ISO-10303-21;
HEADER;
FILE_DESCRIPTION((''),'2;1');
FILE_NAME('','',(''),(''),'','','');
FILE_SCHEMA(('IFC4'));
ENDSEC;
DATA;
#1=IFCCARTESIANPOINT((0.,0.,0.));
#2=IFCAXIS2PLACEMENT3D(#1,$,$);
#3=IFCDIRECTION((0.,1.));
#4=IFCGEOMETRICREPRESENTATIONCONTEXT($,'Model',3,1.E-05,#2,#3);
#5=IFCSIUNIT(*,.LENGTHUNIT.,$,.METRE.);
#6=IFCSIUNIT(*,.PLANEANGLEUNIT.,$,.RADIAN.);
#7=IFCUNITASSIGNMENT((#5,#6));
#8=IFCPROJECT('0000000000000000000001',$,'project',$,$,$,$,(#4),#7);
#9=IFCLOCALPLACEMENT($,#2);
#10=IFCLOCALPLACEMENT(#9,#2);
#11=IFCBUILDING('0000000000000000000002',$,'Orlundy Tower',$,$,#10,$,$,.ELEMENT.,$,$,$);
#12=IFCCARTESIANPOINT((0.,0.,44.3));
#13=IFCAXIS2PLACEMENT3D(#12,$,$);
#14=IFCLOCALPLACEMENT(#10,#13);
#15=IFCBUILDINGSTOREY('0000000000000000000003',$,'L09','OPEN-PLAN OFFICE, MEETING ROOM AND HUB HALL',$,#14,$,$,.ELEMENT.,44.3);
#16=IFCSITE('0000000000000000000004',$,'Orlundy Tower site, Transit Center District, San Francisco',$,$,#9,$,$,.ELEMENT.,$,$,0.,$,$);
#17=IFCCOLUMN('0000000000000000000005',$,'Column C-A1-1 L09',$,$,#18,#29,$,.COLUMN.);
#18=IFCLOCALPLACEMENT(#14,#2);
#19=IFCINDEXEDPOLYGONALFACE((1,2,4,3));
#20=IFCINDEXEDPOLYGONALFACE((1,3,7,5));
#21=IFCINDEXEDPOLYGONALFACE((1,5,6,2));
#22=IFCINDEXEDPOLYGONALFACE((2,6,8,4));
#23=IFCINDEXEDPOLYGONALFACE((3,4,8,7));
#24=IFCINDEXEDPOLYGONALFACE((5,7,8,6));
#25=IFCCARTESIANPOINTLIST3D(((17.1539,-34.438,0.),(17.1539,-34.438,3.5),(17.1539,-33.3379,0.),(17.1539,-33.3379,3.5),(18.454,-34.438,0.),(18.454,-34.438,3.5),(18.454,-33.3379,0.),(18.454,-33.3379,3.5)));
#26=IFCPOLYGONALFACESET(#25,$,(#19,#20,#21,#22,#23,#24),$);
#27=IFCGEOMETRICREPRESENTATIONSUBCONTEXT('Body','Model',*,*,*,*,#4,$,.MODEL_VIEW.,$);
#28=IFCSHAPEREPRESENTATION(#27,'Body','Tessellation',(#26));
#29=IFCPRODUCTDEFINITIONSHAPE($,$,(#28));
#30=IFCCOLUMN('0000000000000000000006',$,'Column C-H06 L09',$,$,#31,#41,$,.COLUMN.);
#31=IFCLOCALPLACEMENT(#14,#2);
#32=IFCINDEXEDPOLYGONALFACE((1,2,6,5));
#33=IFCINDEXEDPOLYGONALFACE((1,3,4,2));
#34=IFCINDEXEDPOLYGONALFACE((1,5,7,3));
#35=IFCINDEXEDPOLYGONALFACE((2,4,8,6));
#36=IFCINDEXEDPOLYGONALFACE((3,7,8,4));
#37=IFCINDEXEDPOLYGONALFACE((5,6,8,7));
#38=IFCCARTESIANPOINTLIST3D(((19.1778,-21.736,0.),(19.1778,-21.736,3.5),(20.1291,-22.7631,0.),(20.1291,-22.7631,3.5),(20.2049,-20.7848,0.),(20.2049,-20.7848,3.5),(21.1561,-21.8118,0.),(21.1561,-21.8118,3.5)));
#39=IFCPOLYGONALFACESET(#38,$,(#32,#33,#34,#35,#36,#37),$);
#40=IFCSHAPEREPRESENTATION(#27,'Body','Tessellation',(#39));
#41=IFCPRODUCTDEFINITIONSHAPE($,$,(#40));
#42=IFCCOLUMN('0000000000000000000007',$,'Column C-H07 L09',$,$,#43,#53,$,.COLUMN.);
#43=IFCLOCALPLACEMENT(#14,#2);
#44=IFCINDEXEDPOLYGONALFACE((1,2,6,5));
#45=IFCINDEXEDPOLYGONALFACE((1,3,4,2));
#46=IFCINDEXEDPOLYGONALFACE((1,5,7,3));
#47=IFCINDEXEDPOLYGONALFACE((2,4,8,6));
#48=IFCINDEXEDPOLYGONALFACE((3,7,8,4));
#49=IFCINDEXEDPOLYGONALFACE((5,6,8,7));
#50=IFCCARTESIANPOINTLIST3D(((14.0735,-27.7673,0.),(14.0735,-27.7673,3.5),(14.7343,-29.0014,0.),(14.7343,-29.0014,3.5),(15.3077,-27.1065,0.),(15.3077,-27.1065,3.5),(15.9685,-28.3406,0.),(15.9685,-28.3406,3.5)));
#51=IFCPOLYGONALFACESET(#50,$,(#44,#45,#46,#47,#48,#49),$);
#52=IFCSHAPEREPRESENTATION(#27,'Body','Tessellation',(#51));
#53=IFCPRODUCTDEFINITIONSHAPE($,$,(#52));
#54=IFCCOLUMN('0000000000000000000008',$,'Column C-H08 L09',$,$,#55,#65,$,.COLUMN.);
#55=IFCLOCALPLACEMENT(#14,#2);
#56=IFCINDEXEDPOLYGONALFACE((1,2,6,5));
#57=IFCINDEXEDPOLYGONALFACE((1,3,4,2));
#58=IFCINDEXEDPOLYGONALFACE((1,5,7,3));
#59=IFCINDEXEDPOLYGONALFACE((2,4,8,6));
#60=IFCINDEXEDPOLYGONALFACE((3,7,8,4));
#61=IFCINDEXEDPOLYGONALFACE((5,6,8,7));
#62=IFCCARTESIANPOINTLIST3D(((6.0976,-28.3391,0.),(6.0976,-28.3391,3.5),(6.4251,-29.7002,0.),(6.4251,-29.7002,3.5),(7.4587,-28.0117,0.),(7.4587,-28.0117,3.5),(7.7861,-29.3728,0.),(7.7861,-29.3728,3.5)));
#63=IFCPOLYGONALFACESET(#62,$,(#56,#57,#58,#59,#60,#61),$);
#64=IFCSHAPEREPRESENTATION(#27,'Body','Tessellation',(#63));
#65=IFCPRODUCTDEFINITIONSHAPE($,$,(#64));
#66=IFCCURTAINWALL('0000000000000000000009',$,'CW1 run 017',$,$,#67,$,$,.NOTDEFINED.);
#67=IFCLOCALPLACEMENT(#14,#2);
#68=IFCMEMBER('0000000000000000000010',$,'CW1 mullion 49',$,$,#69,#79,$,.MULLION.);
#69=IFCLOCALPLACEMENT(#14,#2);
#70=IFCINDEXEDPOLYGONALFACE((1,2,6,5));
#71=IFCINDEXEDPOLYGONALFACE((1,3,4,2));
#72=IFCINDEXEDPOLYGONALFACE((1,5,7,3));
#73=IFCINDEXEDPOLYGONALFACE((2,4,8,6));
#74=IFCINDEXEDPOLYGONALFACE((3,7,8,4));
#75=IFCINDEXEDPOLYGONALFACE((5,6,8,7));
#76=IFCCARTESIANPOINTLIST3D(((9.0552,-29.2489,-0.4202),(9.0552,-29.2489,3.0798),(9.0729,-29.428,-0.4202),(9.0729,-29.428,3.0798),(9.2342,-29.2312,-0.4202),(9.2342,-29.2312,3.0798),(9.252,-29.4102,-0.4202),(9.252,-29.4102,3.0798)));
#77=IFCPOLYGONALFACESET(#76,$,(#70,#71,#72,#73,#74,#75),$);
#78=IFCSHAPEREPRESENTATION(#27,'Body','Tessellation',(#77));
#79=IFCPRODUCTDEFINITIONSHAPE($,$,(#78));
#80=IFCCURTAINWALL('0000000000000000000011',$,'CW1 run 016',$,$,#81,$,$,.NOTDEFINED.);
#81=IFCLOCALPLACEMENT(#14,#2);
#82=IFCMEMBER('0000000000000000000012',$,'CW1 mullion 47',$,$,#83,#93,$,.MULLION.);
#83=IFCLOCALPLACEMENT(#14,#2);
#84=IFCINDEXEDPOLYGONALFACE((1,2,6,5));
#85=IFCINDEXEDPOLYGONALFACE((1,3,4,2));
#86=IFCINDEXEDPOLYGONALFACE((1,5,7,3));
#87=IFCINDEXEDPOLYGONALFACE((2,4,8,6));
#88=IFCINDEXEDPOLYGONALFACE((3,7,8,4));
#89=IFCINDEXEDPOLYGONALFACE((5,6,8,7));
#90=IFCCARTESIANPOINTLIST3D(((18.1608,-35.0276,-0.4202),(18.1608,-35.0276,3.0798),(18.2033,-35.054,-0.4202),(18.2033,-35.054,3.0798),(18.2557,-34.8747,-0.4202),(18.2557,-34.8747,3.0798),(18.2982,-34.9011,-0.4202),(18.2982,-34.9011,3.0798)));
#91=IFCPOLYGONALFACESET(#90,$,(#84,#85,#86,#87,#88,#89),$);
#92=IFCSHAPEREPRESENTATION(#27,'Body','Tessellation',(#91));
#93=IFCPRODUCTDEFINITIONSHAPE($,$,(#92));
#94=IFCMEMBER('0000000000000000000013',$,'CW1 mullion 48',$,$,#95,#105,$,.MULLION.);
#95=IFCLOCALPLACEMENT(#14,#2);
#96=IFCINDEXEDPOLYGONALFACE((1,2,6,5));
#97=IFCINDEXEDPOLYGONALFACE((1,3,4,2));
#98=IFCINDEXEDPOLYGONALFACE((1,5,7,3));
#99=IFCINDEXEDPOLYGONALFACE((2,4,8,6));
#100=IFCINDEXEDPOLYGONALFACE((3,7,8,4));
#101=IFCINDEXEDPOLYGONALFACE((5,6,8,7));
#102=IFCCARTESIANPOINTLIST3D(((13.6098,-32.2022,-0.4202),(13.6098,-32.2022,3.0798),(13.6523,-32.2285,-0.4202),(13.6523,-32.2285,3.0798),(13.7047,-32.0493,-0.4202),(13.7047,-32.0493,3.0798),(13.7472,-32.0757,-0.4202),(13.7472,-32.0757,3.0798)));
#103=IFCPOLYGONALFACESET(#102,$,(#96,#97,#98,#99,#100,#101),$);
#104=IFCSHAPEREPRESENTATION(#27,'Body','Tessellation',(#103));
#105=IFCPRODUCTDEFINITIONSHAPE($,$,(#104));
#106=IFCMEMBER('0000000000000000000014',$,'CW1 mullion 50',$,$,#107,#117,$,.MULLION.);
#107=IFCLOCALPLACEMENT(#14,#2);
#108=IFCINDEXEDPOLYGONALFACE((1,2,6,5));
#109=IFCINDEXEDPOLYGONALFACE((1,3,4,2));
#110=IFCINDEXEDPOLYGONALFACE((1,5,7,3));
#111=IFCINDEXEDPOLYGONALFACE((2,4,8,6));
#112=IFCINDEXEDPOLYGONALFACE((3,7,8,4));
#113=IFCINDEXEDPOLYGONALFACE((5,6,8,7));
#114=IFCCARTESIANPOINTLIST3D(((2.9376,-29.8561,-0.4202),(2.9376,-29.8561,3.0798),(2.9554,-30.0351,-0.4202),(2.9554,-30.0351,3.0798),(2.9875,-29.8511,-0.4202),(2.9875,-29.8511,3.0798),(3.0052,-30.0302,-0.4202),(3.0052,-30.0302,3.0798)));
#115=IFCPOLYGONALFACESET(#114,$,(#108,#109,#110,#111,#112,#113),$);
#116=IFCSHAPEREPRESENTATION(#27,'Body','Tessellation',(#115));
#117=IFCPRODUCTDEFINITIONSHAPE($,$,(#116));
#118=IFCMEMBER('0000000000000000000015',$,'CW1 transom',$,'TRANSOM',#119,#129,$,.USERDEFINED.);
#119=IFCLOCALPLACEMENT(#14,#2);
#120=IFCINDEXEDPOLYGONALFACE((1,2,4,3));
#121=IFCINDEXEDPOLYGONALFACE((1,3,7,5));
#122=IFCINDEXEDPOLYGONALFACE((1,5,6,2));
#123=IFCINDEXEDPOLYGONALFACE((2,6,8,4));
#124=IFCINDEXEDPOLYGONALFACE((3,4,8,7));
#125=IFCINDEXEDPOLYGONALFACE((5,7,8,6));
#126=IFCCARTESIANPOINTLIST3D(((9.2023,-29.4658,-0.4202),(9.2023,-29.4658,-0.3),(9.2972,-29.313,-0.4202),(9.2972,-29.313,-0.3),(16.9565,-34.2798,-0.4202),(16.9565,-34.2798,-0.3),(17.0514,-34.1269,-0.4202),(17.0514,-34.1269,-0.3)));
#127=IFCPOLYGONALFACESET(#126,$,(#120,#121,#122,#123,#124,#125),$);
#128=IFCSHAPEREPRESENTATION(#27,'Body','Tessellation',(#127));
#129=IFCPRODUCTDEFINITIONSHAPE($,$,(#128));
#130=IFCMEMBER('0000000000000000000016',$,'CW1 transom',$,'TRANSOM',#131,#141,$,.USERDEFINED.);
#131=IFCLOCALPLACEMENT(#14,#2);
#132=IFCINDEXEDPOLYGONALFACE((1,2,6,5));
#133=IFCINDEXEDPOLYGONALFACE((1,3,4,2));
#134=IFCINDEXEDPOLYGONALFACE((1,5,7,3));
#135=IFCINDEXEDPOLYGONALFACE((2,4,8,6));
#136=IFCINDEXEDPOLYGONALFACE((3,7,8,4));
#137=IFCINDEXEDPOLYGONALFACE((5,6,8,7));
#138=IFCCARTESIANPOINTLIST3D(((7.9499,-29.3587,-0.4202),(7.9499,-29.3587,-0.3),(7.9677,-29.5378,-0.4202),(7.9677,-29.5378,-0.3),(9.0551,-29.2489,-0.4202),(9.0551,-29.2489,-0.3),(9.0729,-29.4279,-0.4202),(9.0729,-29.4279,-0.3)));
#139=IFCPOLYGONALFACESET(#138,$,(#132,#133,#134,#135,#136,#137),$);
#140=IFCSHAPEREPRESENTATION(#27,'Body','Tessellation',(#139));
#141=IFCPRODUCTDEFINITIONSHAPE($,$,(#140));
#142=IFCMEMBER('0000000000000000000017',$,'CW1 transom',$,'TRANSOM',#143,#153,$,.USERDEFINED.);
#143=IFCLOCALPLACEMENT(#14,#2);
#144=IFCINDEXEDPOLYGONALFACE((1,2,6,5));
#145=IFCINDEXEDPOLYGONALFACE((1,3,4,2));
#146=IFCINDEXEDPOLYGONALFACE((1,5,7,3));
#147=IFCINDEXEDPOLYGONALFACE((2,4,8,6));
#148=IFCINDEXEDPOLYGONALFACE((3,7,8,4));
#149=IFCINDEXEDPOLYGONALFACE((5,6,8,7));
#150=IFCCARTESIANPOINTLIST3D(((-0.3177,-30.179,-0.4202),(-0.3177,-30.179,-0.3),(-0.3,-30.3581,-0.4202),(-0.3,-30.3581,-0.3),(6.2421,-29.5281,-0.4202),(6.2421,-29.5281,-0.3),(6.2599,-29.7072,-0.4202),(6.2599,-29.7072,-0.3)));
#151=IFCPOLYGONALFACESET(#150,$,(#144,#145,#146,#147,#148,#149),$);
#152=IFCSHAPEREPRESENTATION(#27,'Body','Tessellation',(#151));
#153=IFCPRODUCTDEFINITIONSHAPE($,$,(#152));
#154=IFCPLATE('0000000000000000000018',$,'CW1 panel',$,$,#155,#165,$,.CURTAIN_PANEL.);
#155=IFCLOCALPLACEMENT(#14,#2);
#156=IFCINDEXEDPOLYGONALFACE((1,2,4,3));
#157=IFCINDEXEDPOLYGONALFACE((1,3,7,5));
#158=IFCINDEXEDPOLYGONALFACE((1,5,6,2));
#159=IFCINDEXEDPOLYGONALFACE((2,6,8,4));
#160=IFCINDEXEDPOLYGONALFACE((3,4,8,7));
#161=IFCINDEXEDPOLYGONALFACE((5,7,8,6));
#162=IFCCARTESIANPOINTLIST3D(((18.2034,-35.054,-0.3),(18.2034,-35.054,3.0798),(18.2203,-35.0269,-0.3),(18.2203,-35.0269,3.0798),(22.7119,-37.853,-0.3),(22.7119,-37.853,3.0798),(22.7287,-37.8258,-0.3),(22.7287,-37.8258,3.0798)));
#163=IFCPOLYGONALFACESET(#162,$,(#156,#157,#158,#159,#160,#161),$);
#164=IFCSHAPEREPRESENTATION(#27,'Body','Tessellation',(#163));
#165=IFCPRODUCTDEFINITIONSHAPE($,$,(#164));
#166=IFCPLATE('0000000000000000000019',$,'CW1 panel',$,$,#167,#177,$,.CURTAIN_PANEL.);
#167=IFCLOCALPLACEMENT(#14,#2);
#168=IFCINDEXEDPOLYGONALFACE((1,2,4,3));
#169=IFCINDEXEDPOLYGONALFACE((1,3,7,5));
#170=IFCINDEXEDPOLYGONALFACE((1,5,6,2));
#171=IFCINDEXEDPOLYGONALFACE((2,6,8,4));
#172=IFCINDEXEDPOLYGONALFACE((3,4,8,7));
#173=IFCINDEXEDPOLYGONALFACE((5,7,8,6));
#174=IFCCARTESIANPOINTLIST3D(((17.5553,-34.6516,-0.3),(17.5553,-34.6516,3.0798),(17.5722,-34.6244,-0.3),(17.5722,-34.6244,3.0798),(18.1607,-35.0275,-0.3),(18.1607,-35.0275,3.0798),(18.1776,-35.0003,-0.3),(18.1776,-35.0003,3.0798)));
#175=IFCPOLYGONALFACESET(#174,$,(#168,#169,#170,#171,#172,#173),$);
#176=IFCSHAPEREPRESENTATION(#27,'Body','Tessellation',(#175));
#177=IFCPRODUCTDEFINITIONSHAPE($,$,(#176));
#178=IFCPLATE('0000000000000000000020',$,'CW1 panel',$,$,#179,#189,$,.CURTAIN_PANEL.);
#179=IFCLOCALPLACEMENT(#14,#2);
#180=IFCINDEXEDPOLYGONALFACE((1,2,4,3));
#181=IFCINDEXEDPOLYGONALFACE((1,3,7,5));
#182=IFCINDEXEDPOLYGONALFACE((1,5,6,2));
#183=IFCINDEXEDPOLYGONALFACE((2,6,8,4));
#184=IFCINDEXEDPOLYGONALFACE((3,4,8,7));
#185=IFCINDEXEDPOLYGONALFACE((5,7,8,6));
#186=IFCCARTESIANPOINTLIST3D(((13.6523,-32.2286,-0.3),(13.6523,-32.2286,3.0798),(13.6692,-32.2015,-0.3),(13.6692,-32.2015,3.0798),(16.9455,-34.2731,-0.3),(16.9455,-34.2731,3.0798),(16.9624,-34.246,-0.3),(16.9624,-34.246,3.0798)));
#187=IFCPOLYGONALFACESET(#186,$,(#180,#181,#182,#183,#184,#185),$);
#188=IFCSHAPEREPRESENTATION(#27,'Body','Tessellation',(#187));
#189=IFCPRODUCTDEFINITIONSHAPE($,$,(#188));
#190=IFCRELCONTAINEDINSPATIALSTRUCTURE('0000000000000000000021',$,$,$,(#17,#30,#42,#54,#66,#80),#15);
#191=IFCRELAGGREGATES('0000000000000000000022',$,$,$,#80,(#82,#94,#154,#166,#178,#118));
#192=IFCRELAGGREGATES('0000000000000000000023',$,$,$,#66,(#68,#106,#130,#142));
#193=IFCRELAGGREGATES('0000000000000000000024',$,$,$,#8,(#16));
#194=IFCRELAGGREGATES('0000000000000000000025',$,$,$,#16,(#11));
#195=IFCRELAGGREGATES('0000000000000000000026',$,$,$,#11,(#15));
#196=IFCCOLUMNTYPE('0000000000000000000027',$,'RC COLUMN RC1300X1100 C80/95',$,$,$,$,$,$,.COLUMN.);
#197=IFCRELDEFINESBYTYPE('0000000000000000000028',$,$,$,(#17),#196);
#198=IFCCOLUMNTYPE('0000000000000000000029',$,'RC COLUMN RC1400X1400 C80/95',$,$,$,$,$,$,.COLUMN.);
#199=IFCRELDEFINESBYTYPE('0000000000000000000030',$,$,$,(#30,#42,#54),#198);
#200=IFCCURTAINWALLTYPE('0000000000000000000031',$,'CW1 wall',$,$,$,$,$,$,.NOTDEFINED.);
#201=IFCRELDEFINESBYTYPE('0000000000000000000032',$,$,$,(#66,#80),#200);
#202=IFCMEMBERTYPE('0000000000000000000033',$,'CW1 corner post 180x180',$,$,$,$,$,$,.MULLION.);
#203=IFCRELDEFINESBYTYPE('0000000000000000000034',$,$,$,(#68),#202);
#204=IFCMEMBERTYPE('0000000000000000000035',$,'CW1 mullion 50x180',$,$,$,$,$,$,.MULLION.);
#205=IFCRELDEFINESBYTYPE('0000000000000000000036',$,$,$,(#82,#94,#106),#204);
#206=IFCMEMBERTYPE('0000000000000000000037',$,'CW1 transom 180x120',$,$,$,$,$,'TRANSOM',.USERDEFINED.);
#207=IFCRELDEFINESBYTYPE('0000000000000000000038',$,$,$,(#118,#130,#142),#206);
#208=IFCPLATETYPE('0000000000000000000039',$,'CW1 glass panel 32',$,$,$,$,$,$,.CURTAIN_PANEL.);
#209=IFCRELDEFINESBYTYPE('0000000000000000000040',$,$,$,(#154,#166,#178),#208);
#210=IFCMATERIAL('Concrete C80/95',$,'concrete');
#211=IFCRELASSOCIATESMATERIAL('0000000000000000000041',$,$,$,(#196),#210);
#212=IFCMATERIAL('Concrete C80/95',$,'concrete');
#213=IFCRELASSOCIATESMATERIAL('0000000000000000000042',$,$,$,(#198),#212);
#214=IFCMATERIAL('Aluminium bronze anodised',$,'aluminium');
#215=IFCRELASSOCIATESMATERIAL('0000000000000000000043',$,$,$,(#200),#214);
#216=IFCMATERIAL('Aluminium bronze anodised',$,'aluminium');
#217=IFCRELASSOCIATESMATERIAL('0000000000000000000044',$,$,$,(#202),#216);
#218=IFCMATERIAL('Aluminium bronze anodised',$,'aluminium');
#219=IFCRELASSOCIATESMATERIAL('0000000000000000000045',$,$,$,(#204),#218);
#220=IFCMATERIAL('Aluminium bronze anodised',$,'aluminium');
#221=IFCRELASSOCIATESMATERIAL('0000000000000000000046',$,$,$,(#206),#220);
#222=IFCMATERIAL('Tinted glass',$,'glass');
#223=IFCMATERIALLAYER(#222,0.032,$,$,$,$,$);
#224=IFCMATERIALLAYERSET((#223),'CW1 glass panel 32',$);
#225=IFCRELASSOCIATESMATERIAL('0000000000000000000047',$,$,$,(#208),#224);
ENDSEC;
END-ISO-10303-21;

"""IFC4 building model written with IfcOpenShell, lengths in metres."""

from ifc_helpers import new_model, si_unit, direction, frame, origin, origin_2d, place, context, subcontext, project, spatial, rectangle, extrude, material, layer, layer_set, material_profile, profile_set, type_object, element, aggregate, save


model = new_model("IFC4")

# Units and contexts
model_context = context("Model", 3, precision=1e-05, world=origin(), true_north=direction((0.0, 1.0)))
body_context = subcontext(model_context, "Body", "Model", "MODEL_VIEW")
ifc_project = project(units=[si_unit("LENGTHUNIT", "METRE"), si_unit("PLANEANGLEUNIT", "RADIAN")], contexts=[model_context])

# Site, building, storey
site_placement = place(None, origin())
site = spatial("IfcSite", under=ifc_project, at=site_placement, Name="Orlundy Tower site, Transit Center District, San Francisco", CompositionType="ELEMENT", RefElevation=0.0)
building_placement = place(site_placement, origin())
building = spatial("IfcBuilding", under=site, at=building_placement, Name="Orlundy Tower", CompositionType="ELEMENT")
storey_placement = place(building_placement, frame((0.0, 0.0, 44.3)))
storey = spatial("IfcBuildingStorey", under=building, at=storey_placement, Name="L09", Description="OPEN-PLAN OFFICE, MEETING ROOM AND HUB HALL", CompositionType="ELEMENT", Elevation=44.3)

# Columns
ifc_material_1 = material(Name="Concrete C80/95", Category="concrete")
ifc_material_profile_1 = material_profile(ifc_material_1, rectangle(XDim=1.3, YDim=1.1001, at=origin_2d()), Name="RC1300X1100")
ifc_profile_set_1 = profile_set([ifc_material_profile_1], Name="Concrete C80/95")
column_type_1 = type_object("IfcColumnType", Name="RC COLUMN RC1300X1100 C80/95", PredefinedType="COLUMN", material=ifc_profile_set_1)
column_placement = place(storey_placement, frame((17.804, -33.8879, 0.0), z_axis=(0.0, 0.0, 1.0), x_axis=(1.0, 0.0, 0.0)))
element("IfcColumn", 1, at=column_placement, inside=storey, type_object=column_type_1, Name="Column C-A1-1 L09", PredefinedType="COLUMN", context=body_context, shape_type="SweptSolid", body=[
    extrude(rectangle(XDim=1.3, YDim=1.1001, at=origin_2d()), origin(), (0.0, 0.0, 1.0), 3.5),
])
ifc_material_2 = material(Name="Concrete C80/95", Category="concrete")
ifc_material_profile_2 = material_profile(ifc_material_2, rectangle(XDim=1.3999, YDim=1.3999, at=origin_2d()), Name="RC1400X1400")
ifc_profile_set_2 = profile_set([ifc_material_profile_2], Name="Concrete C80/95")
column_type_2 = type_object("IfcColumnType", Name="RC COLUMN RC1400X1400 C80/95", PredefinedType="COLUMN", material=ifc_profile_set_2)
for number, where, z_axis, x_axis, name in (
    (2, (20.167, -21.7739, 0.0), (0.0, 0.0, 1.0), (0.679518, -0.733659, 0.0), "Column C-H06 L09"),
    (3, (15.021, -28.054, 0.0), (0.0, 0.0, 1.0), (0.472028, -0.881584, 0.0), "Column C-H07 L09"),
    (4, (6.9419, -28.856, 0.0), (0.0, 0.0, 1.0), (0.233904, -0.97226, 0.0), "Column C-H08 L09"),
):
    element("IfcColumn", number, at=place(storey_placement, frame(where, z_axis=z_axis, x_axis=x_axis)), inside=storey, type_object=column_type_2, Name=name, PredefinedType="COLUMN", context=body_context, shape_type="SweptSolid", body=[
        extrude(rectangle(XDim=1.3999, YDim=1.3999, at=origin_2d()), origin(), (0.0, 0.0, 1.0), 3.5),
    ])

# Curtain wall, member
ifc_material_3 = material(Name="Aluminium bronze anodised", Category="aluminium")
curtain_wall_type = type_object("IfcCurtainWallType", Name="CW1 wall", PredefinedType="NOTDEFINED", material=ifc_material_3)
curtain_wall_1_placement = place(storey_placement, origin())
curtain_wall_1 = element("IfcCurtainWall", 5, at=curtain_wall_1_placement, inside=storey, type_object=curtain_wall_type, Name="CW1 run 017", PredefinedType="NOTDEFINED")
ifc_material_4 = material(Name="Aluminium bronze anodised", Category="aluminium")
ifc_material_profile_3 = material_profile(ifc_material_4, rectangle(XDim=0.1799, YDim=0.1799, at=origin_2d()), Name="CW1 corner post 180x180")
ifc_profile_set_3 = profile_set([ifc_material_profile_3], Name="Aluminium bronze anodised")
member_type_1 = type_object("IfcMemberType", Name="CW1 corner post 180x180", PredefinedType="MULLION", material=ifc_profile_set_3)
member_1_placement = place(storey_placement, frame((9.1536, -29.3296, -0.4202), z_axis=(0.0, 0.0, 1.0), x_axis=(0.09875, -0.995112, 0.0)))
member_1 = element("IfcMember", 6, at=member_1_placement, type_object=member_type_1, Name="CW1 mullion 49", PredefinedType="MULLION", context=body_context, shape_type="SweptSolid", body=[
    extrude(rectangle(XDim=0.1799, YDim=0.1799, at=origin_2d()), origin(), (0.0, 0.0, 1.0), 3.5),
])

# Curtain wall, members
curtain_wall_2_placement = place(storey_placement, origin())
curtain_wall_2 = element("IfcCurtainWall", 7, at=curtain_wall_2_placement, inside=storey, type_object=curtain_wall_type, Name="CW1 run 016", PredefinedType="NOTDEFINED")
ifc_material_5 = material(Name="Aluminium bronze anodised", Category="aluminium")
ifc_material_profile_4 = material_profile(ifc_material_5, rectangle(XDim=0.1799, YDim=0.05, at=origin_2d()), Name="CW1 mullion 50x180")
ifc_profile_set_4 = profile_set([ifc_material_profile_4], Name="Aluminium bronze anodised")
member_type_2 = type_object("IfcMemberType", Name="CW1 mullion 50x180", PredefinedType="MULLION", material=ifc_profile_set_4)
member_2_placement = place(storey_placement, frame((18.2295, -34.9644, -0.4202), z_axis=(0.0, 0.0, 1.0), x_axis=(-0.527449, -0.849587, 0.0)))
member_2 = element("IfcMember", 8, at=member_2_placement, type_object=member_type_2, Name="CW1 mullion 47", PredefinedType="MULLION", context=body_context, shape_type="SweptSolid", body=[
    extrude(rectangle(XDim=0.1799, YDim=0.05, at=origin_2d()), origin(), (0.0, 0.0, 1.0), 3.5),
])
member_3_placement = place(storey_placement, frame((13.6785, -32.1389, -0.4202), z_axis=(0.0, 0.0, 1.0), x_axis=(-0.527449, -0.849587, 0.0)))
member_3 = element("IfcMember", 9, at=member_3_placement, type_object=member_type_2, Name="CW1 mullion 48", PredefinedType="MULLION", context=body_context, shape_type="SweptSolid", body=[
    extrude(rectangle(XDim=0.1799, YDim=0.05, at=origin_2d()), origin(), (0.0, 0.0, 1.0), 3.5),
])

# Members
member_4_placement = place(storey_placement, frame((2.9714, -29.9431, -0.4202), z_axis=(0.0, 0.0, 1.0), x_axis=(0.09875, -0.995112, 0.0)))
member_4 = element("IfcMember", 10, at=member_4_placement, type_object=member_type_2, Name="CW1 mullion 50", PredefinedType="MULLION", context=body_context, shape_type="SweptSolid", body=[
    extrude(rectangle(XDim=0.1799, YDim=0.05, at=origin_2d()), origin(), (0.0, 0.0, 1.0), 3.5),
])
ifc_material_6 = material(Name="Aluminium bronze anodised", Category="aluminium")
ifc_material_profile_5 = material_profile(ifc_material_6, rectangle(XDim=0.1799, YDim=0.1201, at=origin_2d()), Name="CW1 transom 180x120")
ifc_profile_set_5 = profile_set([ifc_material_profile_5], Name="Aluminium bronze anodised")
member_type_3 = type_object("IfcMemberType", Name="CW1 transom 180x120", ElementType="TRANSOM", PredefinedType="USERDEFINED", material=ifc_profile_set_5)
member_5_placement = place(storey_placement, frame((17.0039, -34.2034, -0.3601), z_axis=(-0.849589, 0.527445, 0.0), x_axis=(-0.527445, -0.849589, 0.0)))
member_5 = element("IfcMember", 11, at=member_5_placement, type_object=member_type_3, Name="CW1 transom", ObjectType="TRANSOM", PredefinedType="USERDEFINED", context=body_context, shape_type="SweptSolid", body=[
    extrude(rectangle(XDim=0.1799, YDim=0.1201, at=origin_2d()), origin(), (0.0, 0.0, 1.0), 9.127),
])
member_6_placement = place(storey_placement, frame((9.064, -29.3384, -0.3601), z_axis=(-0.995096, -0.098916, 0.0), x_axis=(0.098916, -0.995096, 0.0)))
member_6 = element("IfcMember", 12, at=member_6_placement, type_object=member_type_3, Name="CW1 transom", ObjectType="TRANSOM", PredefinedType="USERDEFINED", context=body_context, shape_type="SweptSolid", body=[
    extrude(rectangle(XDim=0.1799, YDim=0.1201, at=origin_2d()), origin(), (0.0, 0.0, 1.0), 1.1106),
])
member_7_placement = place(storey_placement, frame((6.251, -29.6177, -0.3601), z_axis=(-0.995114, -0.098737, 0.0), x_axis=(0.098737, -0.995114, 0.0)))
member_7 = element("IfcMember", 13, at=member_7_placement, type_object=member_type_3, Name="CW1 transom", ObjectType="TRANSOM", PredefinedType="USERDEFINED", context=body_context, shape_type="SweptSolid", body=[
    extrude(rectangle(XDim=0.1799, YDim=0.1201, at=origin_2d()), origin(), (0.0, 0.0, 1.0), 6.592),
])

# Plates
ifc_material_7 = material(Name="Tinted glass", Category="glass")
ifc_layer_1 = layer(ifc_material_7, 0.032)
ifc_layer_set_1 = layer_set([ifc_layer_1], Name="CW1 glass panel 32")
plate_type = type_object("IfcPlateType", Name="CW1 glass panel 32", PredefinedType="CURTAIN_PANEL", material=ifc_layer_set_1)
plate_1_placement = place(storey_placement, frame((20.4661, -36.4399, -0.3), z_axis=(0.0, 0.0, 1.0), x_axis=(-0.849587, 0.527449, 0.0)))
plate_1 = element("IfcPlate", 14, at=plate_1_placement, type_object=plate_type, Name="CW1 panel", PredefinedType="CURTAIN_PANEL", context=body_context, shape_type="SweptSolid", body=[
    extrude(rectangle(XDim=5.3066, YDim=0.032, at=origin_2d()), origin(), (0.0, 0.0, 1.0), 3.3799),
])
plate_2_placement = place(storey_placement, frame((17.8665, -34.8259, -0.3), z_axis=(0.0, 0.0, 1.0), x_axis=(-0.849587, 0.527449, 0.0)))
plate_2 = element("IfcPlate", 15, at=plate_2_placement, type_object=plate_type, Name="CW1 panel", PredefinedType="CURTAIN_PANEL", context=body_context, shape_type="SweptSolid", body=[
    extrude(rectangle(XDim=0.7126, YDim=0.032, at=origin_2d()), origin(), (0.0, 0.0, 1.0), 3.3799),
])
plate_3_placement = place(storey_placement, frame((15.3074, -33.2373, -0.3), z_axis=(0.0, 0.0, 1.0), x_axis=(-0.849587, 0.527449, 0.0)))
plate_3 = element("IfcPlate", 16, at=plate_3_placement, type_object=plate_type, Name="CW1 panel", PredefinedType="CURTAIN_PANEL", context=body_context, shape_type="SweptSolid", body=[
    extrude(rectangle(XDim=3.8762, YDim=0.032, at=origin_2d()), origin(), (0.0, 0.0, 1.0), 3.3799),
])
aggregate(curtain_wall_2, [member_2, member_3, plate_1, plate_2, plate_3, member_5])
aggregate(curtain_wall_1, [member_1, member_4, member_6, member_7])

save(model, "model.ifc")
